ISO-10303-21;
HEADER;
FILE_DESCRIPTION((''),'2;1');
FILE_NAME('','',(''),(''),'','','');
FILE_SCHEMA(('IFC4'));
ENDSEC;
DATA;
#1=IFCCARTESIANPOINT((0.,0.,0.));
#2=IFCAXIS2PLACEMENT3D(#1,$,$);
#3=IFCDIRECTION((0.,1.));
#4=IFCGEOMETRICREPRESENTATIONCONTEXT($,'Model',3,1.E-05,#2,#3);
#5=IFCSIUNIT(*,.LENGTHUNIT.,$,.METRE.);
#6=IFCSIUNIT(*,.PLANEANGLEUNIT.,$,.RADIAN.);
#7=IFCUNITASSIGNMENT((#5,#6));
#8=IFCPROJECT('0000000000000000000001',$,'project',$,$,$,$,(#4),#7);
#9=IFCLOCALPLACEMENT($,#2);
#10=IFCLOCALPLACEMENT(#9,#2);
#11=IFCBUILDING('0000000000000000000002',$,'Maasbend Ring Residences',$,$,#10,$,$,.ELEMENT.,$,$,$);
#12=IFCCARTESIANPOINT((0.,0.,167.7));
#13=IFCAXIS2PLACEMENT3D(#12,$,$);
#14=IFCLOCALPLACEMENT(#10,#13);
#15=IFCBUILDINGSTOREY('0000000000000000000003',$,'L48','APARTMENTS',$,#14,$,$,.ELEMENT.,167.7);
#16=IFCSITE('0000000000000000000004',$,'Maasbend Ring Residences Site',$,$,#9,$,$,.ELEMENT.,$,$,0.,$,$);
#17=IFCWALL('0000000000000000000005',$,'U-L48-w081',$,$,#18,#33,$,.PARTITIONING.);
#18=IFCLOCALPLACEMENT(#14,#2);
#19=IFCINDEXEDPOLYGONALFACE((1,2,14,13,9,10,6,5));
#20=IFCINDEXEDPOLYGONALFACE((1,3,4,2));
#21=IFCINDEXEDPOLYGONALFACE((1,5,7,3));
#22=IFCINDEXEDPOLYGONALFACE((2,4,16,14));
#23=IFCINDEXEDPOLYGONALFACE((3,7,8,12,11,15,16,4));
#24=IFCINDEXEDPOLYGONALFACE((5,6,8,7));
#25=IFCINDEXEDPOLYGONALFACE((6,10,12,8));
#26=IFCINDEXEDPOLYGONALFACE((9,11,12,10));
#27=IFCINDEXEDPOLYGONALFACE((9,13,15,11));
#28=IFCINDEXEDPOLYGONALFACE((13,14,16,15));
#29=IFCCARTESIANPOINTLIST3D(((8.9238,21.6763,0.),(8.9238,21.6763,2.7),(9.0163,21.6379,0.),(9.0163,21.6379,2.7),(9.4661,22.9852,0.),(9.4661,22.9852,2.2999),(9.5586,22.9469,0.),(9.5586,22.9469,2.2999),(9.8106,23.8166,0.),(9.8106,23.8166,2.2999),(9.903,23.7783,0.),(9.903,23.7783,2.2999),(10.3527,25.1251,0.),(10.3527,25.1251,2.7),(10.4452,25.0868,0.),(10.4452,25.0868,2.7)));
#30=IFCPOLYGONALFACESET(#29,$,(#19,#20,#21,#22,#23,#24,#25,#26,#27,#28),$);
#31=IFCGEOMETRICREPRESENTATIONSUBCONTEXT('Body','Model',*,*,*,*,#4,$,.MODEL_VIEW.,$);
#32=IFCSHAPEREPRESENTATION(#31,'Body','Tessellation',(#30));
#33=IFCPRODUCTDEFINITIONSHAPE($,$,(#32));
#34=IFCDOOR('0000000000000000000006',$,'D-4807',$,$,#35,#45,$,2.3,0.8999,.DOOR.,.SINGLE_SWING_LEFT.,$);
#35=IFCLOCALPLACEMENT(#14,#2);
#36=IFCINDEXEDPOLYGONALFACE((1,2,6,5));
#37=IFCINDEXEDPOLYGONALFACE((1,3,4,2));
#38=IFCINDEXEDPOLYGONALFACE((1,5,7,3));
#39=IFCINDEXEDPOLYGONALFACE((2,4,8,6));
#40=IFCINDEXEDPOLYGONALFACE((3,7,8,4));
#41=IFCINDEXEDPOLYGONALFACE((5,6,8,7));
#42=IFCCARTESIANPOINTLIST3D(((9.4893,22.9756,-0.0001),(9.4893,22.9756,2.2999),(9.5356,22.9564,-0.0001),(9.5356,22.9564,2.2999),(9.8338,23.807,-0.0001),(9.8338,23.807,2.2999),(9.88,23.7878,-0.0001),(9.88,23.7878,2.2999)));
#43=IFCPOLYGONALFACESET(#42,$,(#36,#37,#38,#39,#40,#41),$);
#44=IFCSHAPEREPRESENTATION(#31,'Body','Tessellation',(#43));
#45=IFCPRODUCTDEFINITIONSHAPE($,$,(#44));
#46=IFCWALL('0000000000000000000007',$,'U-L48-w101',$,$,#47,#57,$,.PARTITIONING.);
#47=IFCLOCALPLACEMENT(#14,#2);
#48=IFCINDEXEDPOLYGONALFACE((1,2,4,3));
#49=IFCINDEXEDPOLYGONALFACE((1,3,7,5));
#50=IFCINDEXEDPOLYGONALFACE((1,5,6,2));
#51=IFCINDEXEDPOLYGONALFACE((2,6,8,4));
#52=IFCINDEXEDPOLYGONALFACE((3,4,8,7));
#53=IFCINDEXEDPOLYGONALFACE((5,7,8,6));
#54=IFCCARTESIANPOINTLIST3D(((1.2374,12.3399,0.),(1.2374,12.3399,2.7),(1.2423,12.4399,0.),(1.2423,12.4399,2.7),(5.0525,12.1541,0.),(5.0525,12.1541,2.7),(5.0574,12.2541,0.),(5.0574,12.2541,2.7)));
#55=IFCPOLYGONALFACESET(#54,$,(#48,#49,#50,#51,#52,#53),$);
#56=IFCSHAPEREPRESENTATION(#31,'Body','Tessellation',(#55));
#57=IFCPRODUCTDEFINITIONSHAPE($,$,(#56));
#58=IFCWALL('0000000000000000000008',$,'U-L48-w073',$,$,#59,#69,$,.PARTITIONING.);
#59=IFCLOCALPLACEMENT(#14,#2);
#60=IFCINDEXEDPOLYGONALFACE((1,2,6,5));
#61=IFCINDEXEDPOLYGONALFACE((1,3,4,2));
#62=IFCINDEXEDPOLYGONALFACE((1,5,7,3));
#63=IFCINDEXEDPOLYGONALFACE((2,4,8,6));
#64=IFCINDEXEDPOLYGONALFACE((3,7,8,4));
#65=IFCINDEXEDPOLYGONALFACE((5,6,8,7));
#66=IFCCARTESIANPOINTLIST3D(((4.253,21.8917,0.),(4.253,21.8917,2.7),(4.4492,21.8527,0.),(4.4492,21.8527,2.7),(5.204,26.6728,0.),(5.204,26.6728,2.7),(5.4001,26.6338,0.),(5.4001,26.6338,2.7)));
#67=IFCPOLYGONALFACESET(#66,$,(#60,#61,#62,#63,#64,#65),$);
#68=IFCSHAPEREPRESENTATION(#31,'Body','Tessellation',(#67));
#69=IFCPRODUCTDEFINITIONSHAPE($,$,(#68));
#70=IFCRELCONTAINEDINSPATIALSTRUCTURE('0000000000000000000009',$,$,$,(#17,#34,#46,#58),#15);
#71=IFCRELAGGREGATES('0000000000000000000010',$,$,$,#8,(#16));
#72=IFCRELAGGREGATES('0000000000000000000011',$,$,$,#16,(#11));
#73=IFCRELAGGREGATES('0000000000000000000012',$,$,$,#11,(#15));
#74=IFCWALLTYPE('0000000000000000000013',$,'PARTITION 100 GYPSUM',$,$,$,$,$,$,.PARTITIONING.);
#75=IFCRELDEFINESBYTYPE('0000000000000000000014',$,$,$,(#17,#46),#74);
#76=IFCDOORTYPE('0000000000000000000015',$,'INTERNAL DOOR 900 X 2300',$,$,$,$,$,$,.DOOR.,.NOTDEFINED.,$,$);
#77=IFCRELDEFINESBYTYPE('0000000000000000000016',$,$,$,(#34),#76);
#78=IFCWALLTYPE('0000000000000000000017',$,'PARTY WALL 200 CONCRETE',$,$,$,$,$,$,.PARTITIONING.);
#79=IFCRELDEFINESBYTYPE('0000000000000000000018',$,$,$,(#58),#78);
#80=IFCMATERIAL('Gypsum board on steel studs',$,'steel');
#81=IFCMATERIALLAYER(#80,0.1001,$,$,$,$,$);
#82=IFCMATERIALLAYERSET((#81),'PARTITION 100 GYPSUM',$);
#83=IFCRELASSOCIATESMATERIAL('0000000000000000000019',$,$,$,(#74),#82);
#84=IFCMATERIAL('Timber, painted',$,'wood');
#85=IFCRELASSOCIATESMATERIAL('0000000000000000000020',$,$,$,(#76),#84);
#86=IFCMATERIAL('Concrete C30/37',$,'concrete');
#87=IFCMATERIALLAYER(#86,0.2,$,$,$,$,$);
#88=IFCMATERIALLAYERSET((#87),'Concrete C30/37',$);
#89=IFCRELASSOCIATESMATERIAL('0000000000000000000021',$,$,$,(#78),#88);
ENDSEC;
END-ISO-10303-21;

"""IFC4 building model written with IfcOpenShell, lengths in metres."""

from ifc_helpers import new_model, si_unit, direction, frame, frame_2d, origin, place, context, subcontext, project, spatial, rectangle, extrude, material, layer, layer_set, type_object, element, fill, save


model = new_model("IFC4")

# Units and contexts
model_context = context("Model", 3, precision=1e-05, world=origin(), true_north=direction((0.0, 1.0)))
body_context = subcontext(model_context, "Body", "Model", "MODEL_VIEW")
ifc_project = project(units=[si_unit("LENGTHUNIT", "METRE"), si_unit("PLANEANGLEUNIT", "RADIAN")], contexts=[model_context])

# Site, building, storey
site_placement = place(None, origin())
site = spatial("IfcSite", under=ifc_project, at=site_placement, Name="Maasbend Ring Residences Site", CompositionType="ELEMENT", RefElevation=0.0)
building_placement = place(site_placement, origin())
building = spatial("IfcBuilding", under=site, at=building_placement, Name="Maasbend Ring Residences", CompositionType="ELEMENT")
storey_placement = place(building_placement, frame((0.0, 0.0, 167.7)))
storey = spatial("IfcBuildingStorey", under=building, at=storey_placement, Name="L48", Description="APARTMENTS", CompositionType="ELEMENT", Elevation=167.7)

# Shared definitions
ifc_material_1 = material(Name="Gypsum board on steel studs", Category="steel")
ifc_layer_1 = layer(ifc_material_1, 0.1001)
ifc_layer_set_1 = layer_set([ifc_layer_1], Name="PARTITION 100 GYPSUM")
wall_type_1 = type_object("IfcWallType", Name="PARTITION 100 GYPSUM", PredefinedType="PARTITIONING", material=ifc_layer_set_1)

# Shared definitions
ifc_material_2 = material(Name="Timber, painted", Category="wood")
door_type_1 = type_object("IfcDoorType", Name="INTERNAL DOOR 900 X 2300", OperationType="NOTDEFINED", PredefinedType="DOOR", material=ifc_material_2)

# Wall, opening, door
wall_1_placement = place(storey_placement, frame((8.97, 21.657, 0.0), z_axis=(0.0, 0.0, 1.0), x_axis=(0.382762, 0.923847, 0.0)))
wall_1 = element("IfcWall", 1, at=wall_1_placement, inside=storey, type_object=wall_type_1, Name="U-L48-w081", PredefinedType="PARTITIONING", context=body_context, shape_type="SweptSolid", body=[
    extrude(rectangle(XDim=3.7332, YDim=0.1001, at=frame_2d((1.8667, 0.0))), origin(), (0.0, 0.0, 1.0), 2.7),
])
opening_1_placement = place(wall_1_placement, frame((1.417, 0.0, 0.0)))
opening_1 = element("IfcOpeningElement", 2, at=opening_1_placement, cuts=wall_1, PredefinedType="OPENING", context=body_context, shape_type="SweptSolid", body=[
    extrude(rectangle(XDim=0.8999, YDim=2.3, at=frame_2d((0.45, 1.1499))), frame((0.0, 0.0601, 0.0), z_axis=(0.0, -1.0, 0.0), x_axis=(1.0, 0.0, 0.0)), (0.0, 0.0, 1.0), 0.1201),
])
door_1_placement = place(opening_1_placement, origin())
door_1 = element("IfcDoor", 3, at=door_1_placement, inside=storey, type_object=door_type_1, Name="D-4807", OperationType="SINGLE_SWING_LEFT", OverallHeight=2.3, OverallWidth=0.8999, PredefinedType="DOOR", context=body_context, shape_type="SweptSolid", body=[
    extrude(rectangle(XDim=0.8999, YDim=2.3, at=frame_2d((0.45, 1.1499))), frame((0.0, 0.0249, 0.0), z_axis=(0.0, -1.0, 0.0), x_axis=(1.0, 0.0, 0.0)), (0.0, 0.0, 1.0), 0.05),
])
fill(opening_1, door_1)

# Walls
wall_2_placement = place(storey_placement, frame((1.24, 12.3899, 0.0), z_axis=(0.0, 0.0, 1.0), x_axis=(0.998816, -0.048643, 0.0)))
element("IfcWall", 4, at=wall_2_placement, inside=storey, type_object=wall_type_1, Name="U-L48-w101", PredefinedType="PARTITIONING", context=body_context, shape_type="SweptSolid", body=[
    extrude(rectangle(XDim=3.8196, YDim=0.1001, at=frame_2d((1.9097, 0.0))), origin(), (0.0, 0.0, 1.0), 2.7),
])
ifc_material_3 = material(Name="Concrete C30/37", Category="concrete")
ifc_layer_2 = layer(ifc_material_3, 0.2)
ifc_layer_set_2 = layer_set([ifc_layer_2], Name="Concrete C30/37")
wall_type_2 = type_object("IfcWallType", Name="PARTY WALL 200 CONCRETE", PredefinedType="PARTITIONING", material=ifc_layer_set_2)
wall_3_placement = place(storey_placement, frame((4.3511, 21.8721, 0.0), z_axis=(0.0, 0.0, 1.0), x_axis=(0.195076, 0.980788, 0.0)))
element("IfcWall", 5, at=wall_3_placement, inside=storey, type_object=wall_type_2, Name="U-L48-w073", PredefinedType="PARTITIONING", context=body_context, shape_type="SweptSolid", body=[
    extrude(rectangle(XDim=4.8748, YDim=0.2, at=frame_2d((2.4375, 0.0))), origin(), (0.0, 0.0, 1.0), 2.7),
])

save(model, "model.ifc")
